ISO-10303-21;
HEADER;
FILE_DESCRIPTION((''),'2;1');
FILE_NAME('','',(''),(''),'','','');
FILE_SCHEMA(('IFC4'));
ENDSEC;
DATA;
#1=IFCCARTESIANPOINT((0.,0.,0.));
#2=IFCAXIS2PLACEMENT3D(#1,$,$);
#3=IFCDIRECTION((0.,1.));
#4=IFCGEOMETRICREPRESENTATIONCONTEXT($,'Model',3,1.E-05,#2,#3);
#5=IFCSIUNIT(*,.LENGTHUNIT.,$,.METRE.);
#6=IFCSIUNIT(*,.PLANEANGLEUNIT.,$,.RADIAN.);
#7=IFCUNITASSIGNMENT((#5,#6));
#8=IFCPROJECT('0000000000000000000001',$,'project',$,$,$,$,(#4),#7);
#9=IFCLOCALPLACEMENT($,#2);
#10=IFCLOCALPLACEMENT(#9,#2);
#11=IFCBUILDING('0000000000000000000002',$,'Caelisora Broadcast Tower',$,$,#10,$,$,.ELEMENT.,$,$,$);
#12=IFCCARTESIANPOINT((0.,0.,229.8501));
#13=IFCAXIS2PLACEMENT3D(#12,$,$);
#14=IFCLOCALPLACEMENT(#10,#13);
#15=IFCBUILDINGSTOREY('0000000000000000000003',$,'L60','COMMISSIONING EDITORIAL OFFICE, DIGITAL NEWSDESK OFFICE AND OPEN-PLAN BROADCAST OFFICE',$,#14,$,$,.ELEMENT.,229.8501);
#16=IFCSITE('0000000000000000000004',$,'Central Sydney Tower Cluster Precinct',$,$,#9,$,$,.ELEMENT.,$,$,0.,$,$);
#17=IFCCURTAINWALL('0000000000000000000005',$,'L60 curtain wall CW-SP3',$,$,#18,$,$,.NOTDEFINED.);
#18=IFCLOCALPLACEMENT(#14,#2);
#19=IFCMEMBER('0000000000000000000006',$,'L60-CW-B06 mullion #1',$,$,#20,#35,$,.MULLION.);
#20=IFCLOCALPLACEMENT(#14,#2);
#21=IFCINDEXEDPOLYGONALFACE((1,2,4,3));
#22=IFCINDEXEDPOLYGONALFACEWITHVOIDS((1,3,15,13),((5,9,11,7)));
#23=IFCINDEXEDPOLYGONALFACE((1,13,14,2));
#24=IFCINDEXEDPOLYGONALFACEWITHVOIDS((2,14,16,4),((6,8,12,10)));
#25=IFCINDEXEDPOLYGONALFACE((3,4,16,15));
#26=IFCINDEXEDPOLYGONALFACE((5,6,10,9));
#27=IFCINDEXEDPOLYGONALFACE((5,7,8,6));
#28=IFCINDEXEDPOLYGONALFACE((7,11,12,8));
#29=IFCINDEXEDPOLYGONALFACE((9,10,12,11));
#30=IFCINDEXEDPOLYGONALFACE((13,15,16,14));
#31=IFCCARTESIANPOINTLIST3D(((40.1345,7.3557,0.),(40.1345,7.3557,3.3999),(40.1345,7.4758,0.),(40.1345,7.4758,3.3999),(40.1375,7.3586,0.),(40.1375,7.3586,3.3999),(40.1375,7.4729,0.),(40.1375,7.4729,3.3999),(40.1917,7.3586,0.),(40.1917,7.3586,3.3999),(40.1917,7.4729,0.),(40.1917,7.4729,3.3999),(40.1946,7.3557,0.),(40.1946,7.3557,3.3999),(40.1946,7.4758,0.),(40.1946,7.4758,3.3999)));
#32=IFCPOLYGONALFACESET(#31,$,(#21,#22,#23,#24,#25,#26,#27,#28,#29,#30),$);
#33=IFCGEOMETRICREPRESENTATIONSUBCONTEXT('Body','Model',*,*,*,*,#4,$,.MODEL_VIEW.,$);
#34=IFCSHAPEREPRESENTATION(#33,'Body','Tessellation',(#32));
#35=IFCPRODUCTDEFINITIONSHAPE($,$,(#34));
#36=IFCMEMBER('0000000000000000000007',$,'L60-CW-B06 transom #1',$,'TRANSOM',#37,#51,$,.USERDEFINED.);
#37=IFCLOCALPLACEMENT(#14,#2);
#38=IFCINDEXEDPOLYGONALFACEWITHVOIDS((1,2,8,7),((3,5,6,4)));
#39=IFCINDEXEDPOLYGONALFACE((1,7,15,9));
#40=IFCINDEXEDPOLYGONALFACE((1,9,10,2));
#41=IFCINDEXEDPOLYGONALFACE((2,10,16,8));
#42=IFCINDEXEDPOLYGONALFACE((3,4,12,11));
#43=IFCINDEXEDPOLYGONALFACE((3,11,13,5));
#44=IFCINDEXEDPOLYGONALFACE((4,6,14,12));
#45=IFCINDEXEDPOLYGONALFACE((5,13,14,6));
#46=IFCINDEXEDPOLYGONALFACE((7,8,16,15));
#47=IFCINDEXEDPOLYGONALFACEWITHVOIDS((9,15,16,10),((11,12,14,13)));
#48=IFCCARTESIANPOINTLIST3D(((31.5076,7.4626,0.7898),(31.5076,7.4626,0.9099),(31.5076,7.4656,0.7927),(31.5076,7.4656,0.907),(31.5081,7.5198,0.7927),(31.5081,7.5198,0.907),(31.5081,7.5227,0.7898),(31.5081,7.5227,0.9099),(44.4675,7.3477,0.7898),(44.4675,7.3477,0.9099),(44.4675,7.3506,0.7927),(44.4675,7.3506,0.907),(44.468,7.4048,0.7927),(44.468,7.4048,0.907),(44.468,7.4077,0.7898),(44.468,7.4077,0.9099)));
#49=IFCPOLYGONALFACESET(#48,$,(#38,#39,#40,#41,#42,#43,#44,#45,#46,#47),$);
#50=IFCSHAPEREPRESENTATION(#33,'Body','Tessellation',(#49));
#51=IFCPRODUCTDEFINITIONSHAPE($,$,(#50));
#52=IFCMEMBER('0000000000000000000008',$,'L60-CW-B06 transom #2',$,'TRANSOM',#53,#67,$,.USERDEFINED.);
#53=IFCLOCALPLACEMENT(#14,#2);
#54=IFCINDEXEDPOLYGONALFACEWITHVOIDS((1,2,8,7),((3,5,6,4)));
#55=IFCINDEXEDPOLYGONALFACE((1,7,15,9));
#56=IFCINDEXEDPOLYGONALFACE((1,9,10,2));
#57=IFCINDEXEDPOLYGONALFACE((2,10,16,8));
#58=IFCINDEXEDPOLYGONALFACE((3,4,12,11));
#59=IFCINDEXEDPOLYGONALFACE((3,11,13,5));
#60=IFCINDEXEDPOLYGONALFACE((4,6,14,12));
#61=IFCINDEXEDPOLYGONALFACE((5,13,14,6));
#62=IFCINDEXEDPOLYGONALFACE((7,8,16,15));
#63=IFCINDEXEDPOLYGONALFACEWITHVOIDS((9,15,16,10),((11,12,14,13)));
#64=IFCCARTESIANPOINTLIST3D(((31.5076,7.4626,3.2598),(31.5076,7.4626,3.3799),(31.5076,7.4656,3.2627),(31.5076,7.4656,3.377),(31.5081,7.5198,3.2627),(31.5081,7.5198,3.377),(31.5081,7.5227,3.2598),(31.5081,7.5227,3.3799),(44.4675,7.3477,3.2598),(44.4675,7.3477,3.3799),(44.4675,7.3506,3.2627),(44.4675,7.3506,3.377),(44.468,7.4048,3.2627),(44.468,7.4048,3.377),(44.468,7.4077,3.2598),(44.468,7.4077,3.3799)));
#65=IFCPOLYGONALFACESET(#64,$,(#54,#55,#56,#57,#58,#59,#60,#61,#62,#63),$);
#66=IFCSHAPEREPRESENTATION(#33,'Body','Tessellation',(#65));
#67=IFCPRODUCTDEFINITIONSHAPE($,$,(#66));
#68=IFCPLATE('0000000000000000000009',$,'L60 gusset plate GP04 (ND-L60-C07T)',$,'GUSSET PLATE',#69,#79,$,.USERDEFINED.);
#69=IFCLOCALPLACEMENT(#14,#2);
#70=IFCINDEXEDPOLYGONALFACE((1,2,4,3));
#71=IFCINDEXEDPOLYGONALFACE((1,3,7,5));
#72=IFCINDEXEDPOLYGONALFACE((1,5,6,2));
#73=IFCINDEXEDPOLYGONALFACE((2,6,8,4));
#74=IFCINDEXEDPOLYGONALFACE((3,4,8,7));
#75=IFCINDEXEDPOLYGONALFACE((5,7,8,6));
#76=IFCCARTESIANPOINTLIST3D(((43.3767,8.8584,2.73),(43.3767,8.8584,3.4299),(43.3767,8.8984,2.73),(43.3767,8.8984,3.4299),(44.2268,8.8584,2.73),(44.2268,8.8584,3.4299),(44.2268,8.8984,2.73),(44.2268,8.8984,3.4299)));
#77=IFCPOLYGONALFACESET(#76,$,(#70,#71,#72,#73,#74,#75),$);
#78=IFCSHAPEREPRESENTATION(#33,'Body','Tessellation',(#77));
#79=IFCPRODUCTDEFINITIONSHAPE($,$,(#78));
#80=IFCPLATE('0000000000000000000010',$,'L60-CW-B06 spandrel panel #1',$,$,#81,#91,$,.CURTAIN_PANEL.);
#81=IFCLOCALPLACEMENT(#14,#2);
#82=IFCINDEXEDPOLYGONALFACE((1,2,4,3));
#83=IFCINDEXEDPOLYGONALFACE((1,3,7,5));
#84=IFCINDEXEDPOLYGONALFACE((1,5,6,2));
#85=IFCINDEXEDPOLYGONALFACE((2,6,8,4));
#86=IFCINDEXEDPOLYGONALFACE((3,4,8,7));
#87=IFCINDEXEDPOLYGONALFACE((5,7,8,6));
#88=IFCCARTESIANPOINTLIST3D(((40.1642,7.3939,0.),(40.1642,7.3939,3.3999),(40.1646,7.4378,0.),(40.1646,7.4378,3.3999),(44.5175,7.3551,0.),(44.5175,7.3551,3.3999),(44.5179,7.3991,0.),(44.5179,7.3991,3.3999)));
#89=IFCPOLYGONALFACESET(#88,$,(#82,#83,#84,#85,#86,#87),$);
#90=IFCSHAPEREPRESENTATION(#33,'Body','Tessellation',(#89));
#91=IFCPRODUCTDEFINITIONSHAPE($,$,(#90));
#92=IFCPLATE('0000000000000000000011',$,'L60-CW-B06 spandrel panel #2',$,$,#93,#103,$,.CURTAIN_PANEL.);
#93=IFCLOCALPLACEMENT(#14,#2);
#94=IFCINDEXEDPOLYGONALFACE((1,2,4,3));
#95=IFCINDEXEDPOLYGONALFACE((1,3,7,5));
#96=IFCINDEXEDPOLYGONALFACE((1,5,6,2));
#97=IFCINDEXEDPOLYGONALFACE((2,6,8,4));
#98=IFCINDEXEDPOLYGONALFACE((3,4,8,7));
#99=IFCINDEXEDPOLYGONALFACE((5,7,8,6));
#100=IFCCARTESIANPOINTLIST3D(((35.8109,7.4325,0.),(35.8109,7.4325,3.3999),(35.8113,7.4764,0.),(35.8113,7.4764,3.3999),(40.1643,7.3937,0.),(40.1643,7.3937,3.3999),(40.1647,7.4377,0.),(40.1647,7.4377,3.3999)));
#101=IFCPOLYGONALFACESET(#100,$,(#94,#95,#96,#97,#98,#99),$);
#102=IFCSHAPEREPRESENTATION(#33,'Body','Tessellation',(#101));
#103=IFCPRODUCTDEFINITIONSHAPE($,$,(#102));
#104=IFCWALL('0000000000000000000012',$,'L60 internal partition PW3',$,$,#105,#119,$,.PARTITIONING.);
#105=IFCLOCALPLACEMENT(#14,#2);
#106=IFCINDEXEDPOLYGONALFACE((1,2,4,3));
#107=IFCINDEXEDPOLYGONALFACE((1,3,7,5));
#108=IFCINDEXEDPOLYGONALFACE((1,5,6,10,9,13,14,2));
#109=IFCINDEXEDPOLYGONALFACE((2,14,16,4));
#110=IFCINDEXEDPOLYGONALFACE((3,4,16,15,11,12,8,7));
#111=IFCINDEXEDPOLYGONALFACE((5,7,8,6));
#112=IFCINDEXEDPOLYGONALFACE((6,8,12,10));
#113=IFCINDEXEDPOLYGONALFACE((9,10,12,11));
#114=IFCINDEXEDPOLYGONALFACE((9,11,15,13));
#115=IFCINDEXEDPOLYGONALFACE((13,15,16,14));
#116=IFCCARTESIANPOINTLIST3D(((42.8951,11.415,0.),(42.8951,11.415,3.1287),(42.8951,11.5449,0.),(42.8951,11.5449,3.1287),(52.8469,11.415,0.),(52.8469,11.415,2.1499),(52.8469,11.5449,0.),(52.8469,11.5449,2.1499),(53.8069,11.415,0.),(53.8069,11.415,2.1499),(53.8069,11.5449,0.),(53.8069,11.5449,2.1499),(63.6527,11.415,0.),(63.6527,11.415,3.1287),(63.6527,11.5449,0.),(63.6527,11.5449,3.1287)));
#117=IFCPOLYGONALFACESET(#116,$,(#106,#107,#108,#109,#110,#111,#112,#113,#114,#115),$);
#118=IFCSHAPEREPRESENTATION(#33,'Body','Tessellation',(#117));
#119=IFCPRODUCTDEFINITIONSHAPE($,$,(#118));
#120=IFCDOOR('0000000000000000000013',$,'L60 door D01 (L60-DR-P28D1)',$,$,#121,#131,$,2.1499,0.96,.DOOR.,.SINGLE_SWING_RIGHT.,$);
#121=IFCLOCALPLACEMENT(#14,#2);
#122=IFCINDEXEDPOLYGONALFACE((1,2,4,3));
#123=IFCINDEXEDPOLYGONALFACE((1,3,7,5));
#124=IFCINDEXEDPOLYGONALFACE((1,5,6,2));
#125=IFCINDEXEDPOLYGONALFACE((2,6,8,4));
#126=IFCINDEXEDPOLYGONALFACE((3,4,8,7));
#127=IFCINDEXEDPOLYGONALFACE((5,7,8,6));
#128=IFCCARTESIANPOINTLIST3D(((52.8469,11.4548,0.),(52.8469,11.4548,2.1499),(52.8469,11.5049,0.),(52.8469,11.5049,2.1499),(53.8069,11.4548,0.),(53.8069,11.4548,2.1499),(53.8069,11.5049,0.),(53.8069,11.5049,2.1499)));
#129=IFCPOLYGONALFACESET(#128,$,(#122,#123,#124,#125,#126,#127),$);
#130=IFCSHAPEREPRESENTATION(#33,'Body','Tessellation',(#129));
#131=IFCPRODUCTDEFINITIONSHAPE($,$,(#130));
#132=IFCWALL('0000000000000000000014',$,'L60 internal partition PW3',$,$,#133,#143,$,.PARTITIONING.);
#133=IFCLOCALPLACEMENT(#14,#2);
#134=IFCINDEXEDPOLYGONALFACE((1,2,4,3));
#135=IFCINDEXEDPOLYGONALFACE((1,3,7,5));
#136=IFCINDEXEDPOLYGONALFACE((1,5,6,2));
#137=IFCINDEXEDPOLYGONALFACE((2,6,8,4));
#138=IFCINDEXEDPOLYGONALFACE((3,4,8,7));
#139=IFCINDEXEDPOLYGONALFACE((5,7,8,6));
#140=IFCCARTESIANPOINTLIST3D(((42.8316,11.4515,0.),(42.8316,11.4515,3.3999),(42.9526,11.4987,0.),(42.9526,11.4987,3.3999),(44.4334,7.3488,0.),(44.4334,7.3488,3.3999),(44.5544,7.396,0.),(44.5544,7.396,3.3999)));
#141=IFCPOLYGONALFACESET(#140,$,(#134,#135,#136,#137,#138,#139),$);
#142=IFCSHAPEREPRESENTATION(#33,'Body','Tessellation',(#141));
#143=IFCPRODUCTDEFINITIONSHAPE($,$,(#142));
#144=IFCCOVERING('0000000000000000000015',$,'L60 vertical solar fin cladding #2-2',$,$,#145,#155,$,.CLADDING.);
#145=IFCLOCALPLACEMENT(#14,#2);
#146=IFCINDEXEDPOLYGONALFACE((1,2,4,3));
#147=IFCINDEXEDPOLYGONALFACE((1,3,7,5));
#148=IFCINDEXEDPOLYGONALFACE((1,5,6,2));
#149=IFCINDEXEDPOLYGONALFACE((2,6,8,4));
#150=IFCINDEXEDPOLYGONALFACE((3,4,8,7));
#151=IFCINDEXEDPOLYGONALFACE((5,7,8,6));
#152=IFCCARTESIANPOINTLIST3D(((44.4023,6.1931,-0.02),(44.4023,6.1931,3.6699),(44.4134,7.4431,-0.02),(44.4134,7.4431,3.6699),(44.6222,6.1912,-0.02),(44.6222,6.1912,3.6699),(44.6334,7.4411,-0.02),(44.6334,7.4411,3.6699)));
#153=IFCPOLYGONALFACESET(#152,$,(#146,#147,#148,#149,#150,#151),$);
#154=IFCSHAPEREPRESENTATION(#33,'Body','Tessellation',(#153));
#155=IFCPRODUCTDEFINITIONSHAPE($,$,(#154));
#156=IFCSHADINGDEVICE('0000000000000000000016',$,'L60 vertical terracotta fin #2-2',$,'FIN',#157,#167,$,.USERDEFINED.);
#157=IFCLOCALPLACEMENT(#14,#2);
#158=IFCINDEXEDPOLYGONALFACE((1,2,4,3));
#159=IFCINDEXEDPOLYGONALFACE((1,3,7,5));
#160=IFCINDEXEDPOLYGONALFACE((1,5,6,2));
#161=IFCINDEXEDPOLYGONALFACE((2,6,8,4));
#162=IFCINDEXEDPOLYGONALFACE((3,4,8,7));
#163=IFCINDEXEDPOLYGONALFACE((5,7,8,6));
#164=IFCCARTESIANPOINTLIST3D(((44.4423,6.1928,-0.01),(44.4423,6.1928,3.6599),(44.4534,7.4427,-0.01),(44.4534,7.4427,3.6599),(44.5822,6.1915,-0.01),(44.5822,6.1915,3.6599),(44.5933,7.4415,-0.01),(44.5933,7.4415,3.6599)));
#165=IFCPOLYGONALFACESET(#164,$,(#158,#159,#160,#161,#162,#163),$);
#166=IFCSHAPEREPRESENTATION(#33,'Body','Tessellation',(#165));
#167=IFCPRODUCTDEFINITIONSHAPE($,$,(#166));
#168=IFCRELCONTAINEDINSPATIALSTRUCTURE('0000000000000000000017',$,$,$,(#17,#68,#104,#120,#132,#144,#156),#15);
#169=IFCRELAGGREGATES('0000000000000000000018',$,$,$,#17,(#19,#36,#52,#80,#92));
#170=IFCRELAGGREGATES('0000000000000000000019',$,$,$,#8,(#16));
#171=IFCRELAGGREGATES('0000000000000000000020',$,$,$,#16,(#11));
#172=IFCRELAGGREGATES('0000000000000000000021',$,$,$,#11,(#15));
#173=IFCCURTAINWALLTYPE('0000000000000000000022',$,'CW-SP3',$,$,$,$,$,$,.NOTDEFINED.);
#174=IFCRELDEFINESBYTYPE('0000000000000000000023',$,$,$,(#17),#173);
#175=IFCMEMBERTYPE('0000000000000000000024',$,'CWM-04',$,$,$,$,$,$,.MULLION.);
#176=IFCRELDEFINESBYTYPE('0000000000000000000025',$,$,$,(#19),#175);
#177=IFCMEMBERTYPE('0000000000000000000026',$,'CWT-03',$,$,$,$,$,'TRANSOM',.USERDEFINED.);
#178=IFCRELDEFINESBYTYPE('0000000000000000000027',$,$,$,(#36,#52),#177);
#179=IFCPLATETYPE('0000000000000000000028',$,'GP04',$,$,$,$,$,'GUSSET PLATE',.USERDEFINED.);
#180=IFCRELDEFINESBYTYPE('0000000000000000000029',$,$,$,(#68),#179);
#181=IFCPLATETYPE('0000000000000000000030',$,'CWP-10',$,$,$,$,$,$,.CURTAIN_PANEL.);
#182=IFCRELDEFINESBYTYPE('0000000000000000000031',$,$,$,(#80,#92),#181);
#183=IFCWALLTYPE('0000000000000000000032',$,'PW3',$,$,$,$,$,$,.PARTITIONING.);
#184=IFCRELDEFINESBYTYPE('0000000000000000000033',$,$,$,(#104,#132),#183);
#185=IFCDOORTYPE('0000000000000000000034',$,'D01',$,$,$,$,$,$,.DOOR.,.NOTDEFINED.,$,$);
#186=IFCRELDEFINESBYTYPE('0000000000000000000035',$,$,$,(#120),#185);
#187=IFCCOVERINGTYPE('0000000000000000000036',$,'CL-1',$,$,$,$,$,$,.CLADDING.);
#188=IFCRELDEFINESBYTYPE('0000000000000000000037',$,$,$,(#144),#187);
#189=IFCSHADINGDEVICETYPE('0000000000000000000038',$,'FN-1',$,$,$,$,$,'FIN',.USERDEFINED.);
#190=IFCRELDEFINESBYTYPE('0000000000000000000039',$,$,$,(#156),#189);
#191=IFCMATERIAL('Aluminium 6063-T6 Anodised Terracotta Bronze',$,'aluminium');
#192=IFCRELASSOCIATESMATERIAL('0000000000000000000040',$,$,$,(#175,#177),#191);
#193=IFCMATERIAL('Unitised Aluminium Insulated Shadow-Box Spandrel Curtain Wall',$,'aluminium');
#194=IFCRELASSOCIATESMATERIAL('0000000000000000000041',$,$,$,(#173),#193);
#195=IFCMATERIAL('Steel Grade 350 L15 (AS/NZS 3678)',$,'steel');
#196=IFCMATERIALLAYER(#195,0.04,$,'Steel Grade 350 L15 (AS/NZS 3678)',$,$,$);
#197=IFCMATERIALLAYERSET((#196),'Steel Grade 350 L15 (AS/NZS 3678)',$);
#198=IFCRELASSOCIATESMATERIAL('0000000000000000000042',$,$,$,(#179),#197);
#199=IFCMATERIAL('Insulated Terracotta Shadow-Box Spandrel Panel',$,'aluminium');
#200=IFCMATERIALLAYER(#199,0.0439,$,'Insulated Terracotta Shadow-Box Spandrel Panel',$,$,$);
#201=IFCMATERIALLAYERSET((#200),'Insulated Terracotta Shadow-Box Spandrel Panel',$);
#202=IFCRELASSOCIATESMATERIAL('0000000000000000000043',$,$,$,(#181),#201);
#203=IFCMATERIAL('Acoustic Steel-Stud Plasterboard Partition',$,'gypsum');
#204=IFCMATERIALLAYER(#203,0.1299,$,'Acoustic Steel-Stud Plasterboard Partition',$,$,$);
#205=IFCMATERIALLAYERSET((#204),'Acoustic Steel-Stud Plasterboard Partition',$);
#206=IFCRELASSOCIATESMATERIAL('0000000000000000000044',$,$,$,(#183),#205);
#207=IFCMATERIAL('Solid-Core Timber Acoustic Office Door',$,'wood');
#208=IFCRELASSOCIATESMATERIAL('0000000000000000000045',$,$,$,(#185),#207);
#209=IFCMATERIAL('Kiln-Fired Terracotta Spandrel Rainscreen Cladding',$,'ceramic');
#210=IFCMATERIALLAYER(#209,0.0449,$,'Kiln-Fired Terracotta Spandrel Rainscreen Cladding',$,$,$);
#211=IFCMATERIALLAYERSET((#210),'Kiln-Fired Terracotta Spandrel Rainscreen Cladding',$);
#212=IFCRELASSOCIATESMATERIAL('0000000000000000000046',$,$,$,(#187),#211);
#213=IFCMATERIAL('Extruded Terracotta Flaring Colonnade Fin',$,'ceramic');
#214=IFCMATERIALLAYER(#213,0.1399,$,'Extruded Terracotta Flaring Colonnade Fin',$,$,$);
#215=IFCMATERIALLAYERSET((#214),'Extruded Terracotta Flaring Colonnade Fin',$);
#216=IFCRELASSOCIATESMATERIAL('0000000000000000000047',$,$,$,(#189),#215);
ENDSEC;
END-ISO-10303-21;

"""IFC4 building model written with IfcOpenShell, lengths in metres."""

from ifc_helpers import new_model, si_unit, direction, frame, frame_2d, origin, origin_2d, place, context, subcontext, project, spatial, rectangle, hollow_rectangle, extrude, source, transform, mapped, material, layer, layer_set, material_profile, profile_set, type_object, type_shapes, element, fill, aggregate, save


model = new_model("IFC4")

# Units and contexts
model_context = context("Model", 3, precision=1e-05, world=origin(), true_north=direction((0.0, 1.0)))
body_context = subcontext(model_context, "Body", "Model", "MODEL_VIEW")
ifc_project = project(units=[si_unit("LENGTHUNIT", "METRE"), si_unit("PLANEANGLEUNIT", "RADIAN")], contexts=[model_context])

# Site, building, storey
site_placement = place(None, origin())
site = spatial("IfcSite", under=ifc_project, at=site_placement, Name="Central Sydney Tower Cluster Precinct", CompositionType="ELEMENT", RefElevation=0.0)
building_placement = place(site_placement, origin())
building = spatial("IfcBuilding", under=site, at=building_placement, Name="Caelisora Broadcast Tower", CompositionType="ELEMENT")
storey_placement = place(building_placement, frame((0.0, 0.0, 229.8501)))
storey = spatial("IfcBuildingStorey", under=building, at=storey_placement, Name="L60", Description="COMMISSIONING EDITORIAL OFFICE, DIGITAL NEWSDESK OFFICE AND OPEN-PLAN BROADCAST OFFICE", CompositionType="ELEMENT", Elevation=229.8501)

# Shared definitions
ifc_material_1 = material(Name="Steel Grade 350 L15 (AS/NZS 3678)", Category="steel")

# Shared definitions
ifc_material_2 = material(Name="Aluminium 6063-T6 Anodised Terracotta Bronze", Category="aluminium")
ifc_material_profile_1 = material_profile(ifc_material_2, hollow_rectangle(XDim=0.0601, YDim=0.1201, WallThickness=0.0029, at=origin_2d()), Name="Aluminium 6063-T6 Anodised Terracotta Bronze")
ifc_profile_set_1 = profile_set([ifc_material_profile_1], Name="Aluminium 6063-T6 Anodised Terracotta Bronze")
member_type_1 = type_object("IfcMemberType", Name="CWM-04", PredefinedType="MULLION", material=ifc_profile_set_1)
shared_shape_1 = source(origin(), body_context, "Body", "SweptSolid", [
    extrude(hollow_rectangle(XDim=0.0601, YDim=0.1201, WallThickness=0.0029, at=origin_2d()), origin(), (0.0, 0.0, 1.0), 3.3999),
])
type_shapes(member_type_1, [shared_shape_1])

# Curtain wall, members
ifc_material_3 = material(Name="Unitised Aluminium Insulated Shadow-Box Spandrel Curtain Wall", Category="aluminium")
curtain_wall_type_1 = type_object("IfcCurtainWallType", Name="CW-SP3", PredefinedType="NOTDEFINED", material=ifc_material_3)
curtain_wall_1_placement = place(storey_placement, origin())
curtain_wall_1 = element("IfcCurtainWall", 1, at=curtain_wall_1_placement, inside=storey, type_object=curtain_wall_type_1, Name="L60 curtain wall CW-SP3", PredefinedType="NOTDEFINED")
member_1_placement = place(storey_placement, frame((40.1646, 7.4158, 0.0), z_axis=(0.0, 0.0, 1.0), x_axis=(1.0, 0.0, 0.0)))
member_1 = element("IfcMember", 2, at=member_1_placement, type_object=member_type_1, Name="L60-CW-B06 mullion #1", PredefinedType="MULLION", context=body_context, shape_type="MappedRepresentation", body=[
    mapped(shared_shape_1, transform((0.0, 0.0, 0.0), scale=1.0)),
])
ifc_material_profile_2 = material_profile(ifc_material_2, hollow_rectangle(XDim=0.0601, YDim=0.1201, WallThickness=0.0029, at=origin_2d()), Name="Aluminium 6063-T6 Anodised Terracotta Bronze")
ifc_profile_set_2 = profile_set([ifc_material_profile_2], Name="Aluminium 6063-T6 Anodised Terracotta Bronze")
member_type_2 = type_object("IfcMemberType", Name="CWT-03", ElementType="TRANSOM", PredefinedType="USERDEFINED", material=ifc_profile_set_2)
shared_shape_2 = source(origin(), body_context, "Body", "SweptSolid", [
    extrude(hollow_rectangle(XDim=0.0601, YDim=0.1201, WallThickness=0.0029, at=origin_2d()), origin(), (0.0, 0.0, 1.0), 12.9604),
])
type_shapes(member_type_2, [shared_shape_2])
member_2_placement = place(storey_placement, frame((44.4678, 7.3777, 0.8499), z_axis=(-0.999961, 0.008872, 0.0), x_axis=(-0.008872, -0.999961, 0.0)))
member_2 = element("IfcMember", 3, at=member_2_placement, type_object=member_type_2, Name="L60-CW-B06 transom #1", ObjectType="TRANSOM", PredefinedType="USERDEFINED", context=body_context, shape_type="MappedRepresentation", body=[
    mapped(shared_shape_2, transform((0.0, 0.0, 0.0), scale=1.0)),
])
member_3_placement = place(storey_placement, frame((44.4678, 7.3777, 3.3198), z_axis=(-0.999961, 0.008872, 0.0), x_axis=(-0.008872, -0.999961, 0.0)))
member_3 = element("IfcMember", 4, at=member_3_placement, type_object=member_type_2, Name="L60-CW-B06 transom #2", ObjectType="TRANSOM", PredefinedType="USERDEFINED", context=body_context, shape_type="MappedRepresentation", body=[
    mapped(shared_shape_2, transform((0.0, 0.0, 0.0), scale=1.0)),
])

# Plates
ifc_layer_1 = layer(ifc_material_1, 0.04, Name="Steel Grade 350 L15 (AS/NZS 3678)")
ifc_layer_set_1 = layer_set([ifc_layer_1], Name="Steel Grade 350 L15 (AS/NZS 3678)")
plate_type_1 = type_object("IfcPlateType", Name="GP04", ElementType="GUSSET PLATE", PredefinedType="USERDEFINED", material=ifc_layer_set_1)
shared_shape_3 = source(origin(), body_context, "Body", "SweptSolid", [
    extrude(rectangle(XDim=0.8501, YDim=0.04, at=origin_2d()), origin(), (0.0, 0.0, 1.0), 0.7),
])
type_shapes(plate_type_1, [shared_shape_3])
plate_1_placement = place(storey_placement, frame((43.8018, 8.8784, 2.73), z_axis=(0.0, 0.0, 1.0), x_axis=(1.0, 0.0, 0.0)))
element("IfcPlate", 5, at=plate_1_placement, inside=storey, type_object=plate_type_1, Name="L60 gusset plate GP04 (ND-L60-C07T)", ObjectType="GUSSET PLATE", PredefinedType="USERDEFINED", context=body_context, shape_type="MappedRepresentation", body=[
    mapped(shared_shape_3, transform((0.0, 0.0, 0.0), scale=1.0)),
])
ifc_material_4 = material(Name="Insulated Terracotta Shadow-Box Spandrel Panel", Category="aluminium")
ifc_layer_2 = layer(ifc_material_4, 0.0439, Name="Insulated Terracotta Shadow-Box Spandrel Panel")
ifc_layer_set_2 = layer_set([ifc_layer_2], Name="Insulated Terracotta Shadow-Box Spandrel Panel")
plate_type_2 = type_object("IfcPlateType", Name="CWP-10", PredefinedType="CURTAIN_PANEL", material=ifc_layer_set_2)
shared_shape_4 = source(origin(), body_context, "Body", "SweptSolid", [
    extrude(rectangle(XDim=4.3535, YDim=0.0439, at=origin_2d()), origin(), (0.0, 0.0, 1.0), 3.3999),
])
type_shapes(plate_type_2, [shared_shape_4])
plate_2_placement = place(storey_placement, frame((42.3411, 7.3965, 0.0), z_axis=(0.0, 0.0, 1.0), x_axis=(-0.99996, 0.008901, 0.0)))
plate_2 = element("IfcPlate", 6, at=plate_2_placement, type_object=plate_type_2, Name="L60-CW-B06 spandrel panel #1", PredefinedType="CURTAIN_PANEL", context=body_context, shape_type="MappedRepresentation", body=[
    mapped(shared_shape_4, transform((0.0, 0.0, 0.0), scale=1.0)),
])
plate_3_placement = place(storey_placement, frame((37.9878, 7.4351, 0.0), z_axis=(0.0, 0.0, 1.0), x_axis=(-0.99996, 0.008901, 0.0)))
plate_3 = element("IfcPlate", 7, at=plate_3_placement, type_object=plate_type_2, Name="L60-CW-B06 spandrel panel #2", PredefinedType="CURTAIN_PANEL", context=body_context, shape_type="MappedRepresentation", body=[
    mapped(shared_shape_4, transform((0.0, 0.0, 0.0), scale=1.0)),
])
aggregate(curtain_wall_1, [member_1, member_2, member_3, plate_2, plate_3])

# Wall, opening, door
ifc_material_5 = material(Name="Acoustic Steel-Stud Plasterboard Partition", Category="gypsum")
ifc_layer_3 = layer(ifc_material_5, 0.1299, Name="Acoustic Steel-Stud Plasterboard Partition")
ifc_layer_set_3 = layer_set([ifc_layer_3], Name="Acoustic Steel-Stud Plasterboard Partition")
wall_type = type_object("IfcWallType", Name="PW3", PredefinedType="PARTITIONING", material=ifc_layer_set_3)
wall_1_placement = place(storey_placement, frame((42.895, 11.48, 0.0), z_axis=(0.0, 0.0, 1.0), x_axis=(1.0, 0.0, 0.0)))
wall_1 = element("IfcWall", 8, at=wall_1_placement, inside=storey, type_object=wall_type, Name="L60 internal partition PW3", PredefinedType="PARTITIONING", context=body_context, shape_type="SweptSolid", body=[
    extrude(rectangle(XDim=20.7576, YDim=0.1299, at=frame_2d((10.3789, 0.0))), origin(), (0.0, 0.0, 1.0), 3.1287),
])
opening_placement = place(wall_1_placement, frame((9.9519, 0.0, 0.0)))
opening = element("IfcOpeningElement", 9, at=opening_placement, cuts=wall_1, PredefinedType="OPENING", context=body_context, shape_type="SweptSolid", body=[
    extrude(rectangle(XDim=0.96, YDim=2.1499, at=frame_2d((0.48, 1.075))), frame((0.0, 0.0769, 0.0), z_axis=(0.0, -1.0, 0.0), x_axis=(1.0, 0.0, 0.0)), (0.0, 0.0, 1.0), 0.1538),
])
ifc_material_6 = material(Name="Solid-Core Timber Acoustic Office Door", Category="wood")
door_type = type_object("IfcDoorType", Name="D01", OperationType="NOTDEFINED", PredefinedType="DOOR", material=ifc_material_6)
door_placement = place(opening_placement, origin())
door = element("IfcDoor", 10, at=door_placement, inside=storey, type_object=door_type, Name="L60 door D01 (L60-DR-P28D1)", OperationType="SINGLE_SWING_RIGHT", OverallHeight=2.1499, OverallWidth=0.96, PredefinedType="DOOR", context=body_context, shape_type="SweptSolid", body=[
    extrude(rectangle(XDim=0.96, YDim=2.1499, at=frame_2d((0.48, 1.075))), frame((0.0, 0.0249, 0.0), z_axis=(0.0, -1.0, 0.0), x_axis=(1.0, 0.0, 0.0)), (0.0, 0.0, 1.0), 0.05),
])
fill(opening, door)

# Wall
wall_2_placement = place(storey_placement, frame((42.8921, 11.4751, 0.0), z_axis=(0.0, 0.0, 1.0), x_axis=(0.363684, -0.931522, 0.0)))
element("IfcWall", 11, at=wall_2_placement, inside=storey, type_object=wall_type, Name="L60 internal partition PW3", PredefinedType="PARTITIONING", context=body_context, shape_type="SweptSolid", body=[
    extrude(rectangle(XDim=4.4043, YDim=0.1299, at=frame_2d((2.2021, 0.0))), origin(), (0.0, 0.0, 1.0), 3.3999),
])

# Covering
ifc_material_7 = material(Name="Kiln-Fired Terracotta Spandrel Rainscreen Cladding", Category="ceramic")
ifc_layer_4 = layer(ifc_material_7, 0.0449, Name="Kiln-Fired Terracotta Spandrel Rainscreen Cladding")
ifc_layer_set_4 = layer_set([ifc_layer_4], Name="Kiln-Fired Terracotta Spandrel Rainscreen Cladding")
covering_type = type_object("IfcCoveringType", Name="CL-1", PredefinedType="CLADDING", material=ifc_layer_set_4)
shared_shape_5 = source(origin(), body_context, "Body", "SweptSolid", [
    extrude(rectangle(XDim=0.22, YDim=1.25, at=origin_2d()), origin(), (0.0, 0.0, 1.0), 3.6899),
])
covering_1_placement = place(storey_placement, frame((44.5178, 6.8171, -0.02), z_axis=(0.0, 0.0, 1.0), x_axis=(-0.99996, 0.008901, 0.0)))
element("IfcCovering", 12, at=covering_1_placement, inside=storey, type_object=covering_type, Name="L60 vertical solar fin cladding #2-2", PredefinedType="CLADDING", context=body_context, shape_type="MappedRepresentation", body=[
    mapped(shared_shape_5, transform((0.0, 0.0, 0.0), scale=1.0)),
])

# Shading device
ifc_material_8 = material(Name="Extruded Terracotta Flaring Colonnade Fin", Category="ceramic")
ifc_layer_5 = layer(ifc_material_8, 0.1399, Name="Extruded Terracotta Flaring Colonnade Fin")
ifc_layer_set_5 = layer_set([ifc_layer_5], Name="Extruded Terracotta Flaring Colonnade Fin")
shading_device_type_1 = type_object("IfcShadingDeviceType", Name="FN-1", ElementType="FIN", PredefinedType="USERDEFINED", material=ifc_layer_set_5)
shared_shape_6 = source(origin(), body_context, "Body", "SweptSolid", [
    extrude(rectangle(XDim=0.1399, YDim=1.25, at=origin_2d()), origin(), (0.0, 0.0, 1.0), 3.6699),
])
type_shapes(shading_device_type_1, [shared_shape_6])
shading_device_1_placement = place(storey_placement, frame((44.5178, 6.8171, -0.01), z_axis=(0.0, 0.0, 1.0), x_axis=(-0.99996, 0.008901, 0.0)))
element("IfcShadingDevice", 13, at=shading_device_1_placement, inside=storey, type_object=shading_device_type_1, Name="L60 vertical terracotta fin #2-2", ObjectType="FIN", PredefinedType="USERDEFINED", context=body_context, shape_type="MappedRepresentation", body=[
    mapped(shared_shape_6, transform((0.0, 0.0, 0.0), scale=1.0)),
])

save(model, "model.ifc")
